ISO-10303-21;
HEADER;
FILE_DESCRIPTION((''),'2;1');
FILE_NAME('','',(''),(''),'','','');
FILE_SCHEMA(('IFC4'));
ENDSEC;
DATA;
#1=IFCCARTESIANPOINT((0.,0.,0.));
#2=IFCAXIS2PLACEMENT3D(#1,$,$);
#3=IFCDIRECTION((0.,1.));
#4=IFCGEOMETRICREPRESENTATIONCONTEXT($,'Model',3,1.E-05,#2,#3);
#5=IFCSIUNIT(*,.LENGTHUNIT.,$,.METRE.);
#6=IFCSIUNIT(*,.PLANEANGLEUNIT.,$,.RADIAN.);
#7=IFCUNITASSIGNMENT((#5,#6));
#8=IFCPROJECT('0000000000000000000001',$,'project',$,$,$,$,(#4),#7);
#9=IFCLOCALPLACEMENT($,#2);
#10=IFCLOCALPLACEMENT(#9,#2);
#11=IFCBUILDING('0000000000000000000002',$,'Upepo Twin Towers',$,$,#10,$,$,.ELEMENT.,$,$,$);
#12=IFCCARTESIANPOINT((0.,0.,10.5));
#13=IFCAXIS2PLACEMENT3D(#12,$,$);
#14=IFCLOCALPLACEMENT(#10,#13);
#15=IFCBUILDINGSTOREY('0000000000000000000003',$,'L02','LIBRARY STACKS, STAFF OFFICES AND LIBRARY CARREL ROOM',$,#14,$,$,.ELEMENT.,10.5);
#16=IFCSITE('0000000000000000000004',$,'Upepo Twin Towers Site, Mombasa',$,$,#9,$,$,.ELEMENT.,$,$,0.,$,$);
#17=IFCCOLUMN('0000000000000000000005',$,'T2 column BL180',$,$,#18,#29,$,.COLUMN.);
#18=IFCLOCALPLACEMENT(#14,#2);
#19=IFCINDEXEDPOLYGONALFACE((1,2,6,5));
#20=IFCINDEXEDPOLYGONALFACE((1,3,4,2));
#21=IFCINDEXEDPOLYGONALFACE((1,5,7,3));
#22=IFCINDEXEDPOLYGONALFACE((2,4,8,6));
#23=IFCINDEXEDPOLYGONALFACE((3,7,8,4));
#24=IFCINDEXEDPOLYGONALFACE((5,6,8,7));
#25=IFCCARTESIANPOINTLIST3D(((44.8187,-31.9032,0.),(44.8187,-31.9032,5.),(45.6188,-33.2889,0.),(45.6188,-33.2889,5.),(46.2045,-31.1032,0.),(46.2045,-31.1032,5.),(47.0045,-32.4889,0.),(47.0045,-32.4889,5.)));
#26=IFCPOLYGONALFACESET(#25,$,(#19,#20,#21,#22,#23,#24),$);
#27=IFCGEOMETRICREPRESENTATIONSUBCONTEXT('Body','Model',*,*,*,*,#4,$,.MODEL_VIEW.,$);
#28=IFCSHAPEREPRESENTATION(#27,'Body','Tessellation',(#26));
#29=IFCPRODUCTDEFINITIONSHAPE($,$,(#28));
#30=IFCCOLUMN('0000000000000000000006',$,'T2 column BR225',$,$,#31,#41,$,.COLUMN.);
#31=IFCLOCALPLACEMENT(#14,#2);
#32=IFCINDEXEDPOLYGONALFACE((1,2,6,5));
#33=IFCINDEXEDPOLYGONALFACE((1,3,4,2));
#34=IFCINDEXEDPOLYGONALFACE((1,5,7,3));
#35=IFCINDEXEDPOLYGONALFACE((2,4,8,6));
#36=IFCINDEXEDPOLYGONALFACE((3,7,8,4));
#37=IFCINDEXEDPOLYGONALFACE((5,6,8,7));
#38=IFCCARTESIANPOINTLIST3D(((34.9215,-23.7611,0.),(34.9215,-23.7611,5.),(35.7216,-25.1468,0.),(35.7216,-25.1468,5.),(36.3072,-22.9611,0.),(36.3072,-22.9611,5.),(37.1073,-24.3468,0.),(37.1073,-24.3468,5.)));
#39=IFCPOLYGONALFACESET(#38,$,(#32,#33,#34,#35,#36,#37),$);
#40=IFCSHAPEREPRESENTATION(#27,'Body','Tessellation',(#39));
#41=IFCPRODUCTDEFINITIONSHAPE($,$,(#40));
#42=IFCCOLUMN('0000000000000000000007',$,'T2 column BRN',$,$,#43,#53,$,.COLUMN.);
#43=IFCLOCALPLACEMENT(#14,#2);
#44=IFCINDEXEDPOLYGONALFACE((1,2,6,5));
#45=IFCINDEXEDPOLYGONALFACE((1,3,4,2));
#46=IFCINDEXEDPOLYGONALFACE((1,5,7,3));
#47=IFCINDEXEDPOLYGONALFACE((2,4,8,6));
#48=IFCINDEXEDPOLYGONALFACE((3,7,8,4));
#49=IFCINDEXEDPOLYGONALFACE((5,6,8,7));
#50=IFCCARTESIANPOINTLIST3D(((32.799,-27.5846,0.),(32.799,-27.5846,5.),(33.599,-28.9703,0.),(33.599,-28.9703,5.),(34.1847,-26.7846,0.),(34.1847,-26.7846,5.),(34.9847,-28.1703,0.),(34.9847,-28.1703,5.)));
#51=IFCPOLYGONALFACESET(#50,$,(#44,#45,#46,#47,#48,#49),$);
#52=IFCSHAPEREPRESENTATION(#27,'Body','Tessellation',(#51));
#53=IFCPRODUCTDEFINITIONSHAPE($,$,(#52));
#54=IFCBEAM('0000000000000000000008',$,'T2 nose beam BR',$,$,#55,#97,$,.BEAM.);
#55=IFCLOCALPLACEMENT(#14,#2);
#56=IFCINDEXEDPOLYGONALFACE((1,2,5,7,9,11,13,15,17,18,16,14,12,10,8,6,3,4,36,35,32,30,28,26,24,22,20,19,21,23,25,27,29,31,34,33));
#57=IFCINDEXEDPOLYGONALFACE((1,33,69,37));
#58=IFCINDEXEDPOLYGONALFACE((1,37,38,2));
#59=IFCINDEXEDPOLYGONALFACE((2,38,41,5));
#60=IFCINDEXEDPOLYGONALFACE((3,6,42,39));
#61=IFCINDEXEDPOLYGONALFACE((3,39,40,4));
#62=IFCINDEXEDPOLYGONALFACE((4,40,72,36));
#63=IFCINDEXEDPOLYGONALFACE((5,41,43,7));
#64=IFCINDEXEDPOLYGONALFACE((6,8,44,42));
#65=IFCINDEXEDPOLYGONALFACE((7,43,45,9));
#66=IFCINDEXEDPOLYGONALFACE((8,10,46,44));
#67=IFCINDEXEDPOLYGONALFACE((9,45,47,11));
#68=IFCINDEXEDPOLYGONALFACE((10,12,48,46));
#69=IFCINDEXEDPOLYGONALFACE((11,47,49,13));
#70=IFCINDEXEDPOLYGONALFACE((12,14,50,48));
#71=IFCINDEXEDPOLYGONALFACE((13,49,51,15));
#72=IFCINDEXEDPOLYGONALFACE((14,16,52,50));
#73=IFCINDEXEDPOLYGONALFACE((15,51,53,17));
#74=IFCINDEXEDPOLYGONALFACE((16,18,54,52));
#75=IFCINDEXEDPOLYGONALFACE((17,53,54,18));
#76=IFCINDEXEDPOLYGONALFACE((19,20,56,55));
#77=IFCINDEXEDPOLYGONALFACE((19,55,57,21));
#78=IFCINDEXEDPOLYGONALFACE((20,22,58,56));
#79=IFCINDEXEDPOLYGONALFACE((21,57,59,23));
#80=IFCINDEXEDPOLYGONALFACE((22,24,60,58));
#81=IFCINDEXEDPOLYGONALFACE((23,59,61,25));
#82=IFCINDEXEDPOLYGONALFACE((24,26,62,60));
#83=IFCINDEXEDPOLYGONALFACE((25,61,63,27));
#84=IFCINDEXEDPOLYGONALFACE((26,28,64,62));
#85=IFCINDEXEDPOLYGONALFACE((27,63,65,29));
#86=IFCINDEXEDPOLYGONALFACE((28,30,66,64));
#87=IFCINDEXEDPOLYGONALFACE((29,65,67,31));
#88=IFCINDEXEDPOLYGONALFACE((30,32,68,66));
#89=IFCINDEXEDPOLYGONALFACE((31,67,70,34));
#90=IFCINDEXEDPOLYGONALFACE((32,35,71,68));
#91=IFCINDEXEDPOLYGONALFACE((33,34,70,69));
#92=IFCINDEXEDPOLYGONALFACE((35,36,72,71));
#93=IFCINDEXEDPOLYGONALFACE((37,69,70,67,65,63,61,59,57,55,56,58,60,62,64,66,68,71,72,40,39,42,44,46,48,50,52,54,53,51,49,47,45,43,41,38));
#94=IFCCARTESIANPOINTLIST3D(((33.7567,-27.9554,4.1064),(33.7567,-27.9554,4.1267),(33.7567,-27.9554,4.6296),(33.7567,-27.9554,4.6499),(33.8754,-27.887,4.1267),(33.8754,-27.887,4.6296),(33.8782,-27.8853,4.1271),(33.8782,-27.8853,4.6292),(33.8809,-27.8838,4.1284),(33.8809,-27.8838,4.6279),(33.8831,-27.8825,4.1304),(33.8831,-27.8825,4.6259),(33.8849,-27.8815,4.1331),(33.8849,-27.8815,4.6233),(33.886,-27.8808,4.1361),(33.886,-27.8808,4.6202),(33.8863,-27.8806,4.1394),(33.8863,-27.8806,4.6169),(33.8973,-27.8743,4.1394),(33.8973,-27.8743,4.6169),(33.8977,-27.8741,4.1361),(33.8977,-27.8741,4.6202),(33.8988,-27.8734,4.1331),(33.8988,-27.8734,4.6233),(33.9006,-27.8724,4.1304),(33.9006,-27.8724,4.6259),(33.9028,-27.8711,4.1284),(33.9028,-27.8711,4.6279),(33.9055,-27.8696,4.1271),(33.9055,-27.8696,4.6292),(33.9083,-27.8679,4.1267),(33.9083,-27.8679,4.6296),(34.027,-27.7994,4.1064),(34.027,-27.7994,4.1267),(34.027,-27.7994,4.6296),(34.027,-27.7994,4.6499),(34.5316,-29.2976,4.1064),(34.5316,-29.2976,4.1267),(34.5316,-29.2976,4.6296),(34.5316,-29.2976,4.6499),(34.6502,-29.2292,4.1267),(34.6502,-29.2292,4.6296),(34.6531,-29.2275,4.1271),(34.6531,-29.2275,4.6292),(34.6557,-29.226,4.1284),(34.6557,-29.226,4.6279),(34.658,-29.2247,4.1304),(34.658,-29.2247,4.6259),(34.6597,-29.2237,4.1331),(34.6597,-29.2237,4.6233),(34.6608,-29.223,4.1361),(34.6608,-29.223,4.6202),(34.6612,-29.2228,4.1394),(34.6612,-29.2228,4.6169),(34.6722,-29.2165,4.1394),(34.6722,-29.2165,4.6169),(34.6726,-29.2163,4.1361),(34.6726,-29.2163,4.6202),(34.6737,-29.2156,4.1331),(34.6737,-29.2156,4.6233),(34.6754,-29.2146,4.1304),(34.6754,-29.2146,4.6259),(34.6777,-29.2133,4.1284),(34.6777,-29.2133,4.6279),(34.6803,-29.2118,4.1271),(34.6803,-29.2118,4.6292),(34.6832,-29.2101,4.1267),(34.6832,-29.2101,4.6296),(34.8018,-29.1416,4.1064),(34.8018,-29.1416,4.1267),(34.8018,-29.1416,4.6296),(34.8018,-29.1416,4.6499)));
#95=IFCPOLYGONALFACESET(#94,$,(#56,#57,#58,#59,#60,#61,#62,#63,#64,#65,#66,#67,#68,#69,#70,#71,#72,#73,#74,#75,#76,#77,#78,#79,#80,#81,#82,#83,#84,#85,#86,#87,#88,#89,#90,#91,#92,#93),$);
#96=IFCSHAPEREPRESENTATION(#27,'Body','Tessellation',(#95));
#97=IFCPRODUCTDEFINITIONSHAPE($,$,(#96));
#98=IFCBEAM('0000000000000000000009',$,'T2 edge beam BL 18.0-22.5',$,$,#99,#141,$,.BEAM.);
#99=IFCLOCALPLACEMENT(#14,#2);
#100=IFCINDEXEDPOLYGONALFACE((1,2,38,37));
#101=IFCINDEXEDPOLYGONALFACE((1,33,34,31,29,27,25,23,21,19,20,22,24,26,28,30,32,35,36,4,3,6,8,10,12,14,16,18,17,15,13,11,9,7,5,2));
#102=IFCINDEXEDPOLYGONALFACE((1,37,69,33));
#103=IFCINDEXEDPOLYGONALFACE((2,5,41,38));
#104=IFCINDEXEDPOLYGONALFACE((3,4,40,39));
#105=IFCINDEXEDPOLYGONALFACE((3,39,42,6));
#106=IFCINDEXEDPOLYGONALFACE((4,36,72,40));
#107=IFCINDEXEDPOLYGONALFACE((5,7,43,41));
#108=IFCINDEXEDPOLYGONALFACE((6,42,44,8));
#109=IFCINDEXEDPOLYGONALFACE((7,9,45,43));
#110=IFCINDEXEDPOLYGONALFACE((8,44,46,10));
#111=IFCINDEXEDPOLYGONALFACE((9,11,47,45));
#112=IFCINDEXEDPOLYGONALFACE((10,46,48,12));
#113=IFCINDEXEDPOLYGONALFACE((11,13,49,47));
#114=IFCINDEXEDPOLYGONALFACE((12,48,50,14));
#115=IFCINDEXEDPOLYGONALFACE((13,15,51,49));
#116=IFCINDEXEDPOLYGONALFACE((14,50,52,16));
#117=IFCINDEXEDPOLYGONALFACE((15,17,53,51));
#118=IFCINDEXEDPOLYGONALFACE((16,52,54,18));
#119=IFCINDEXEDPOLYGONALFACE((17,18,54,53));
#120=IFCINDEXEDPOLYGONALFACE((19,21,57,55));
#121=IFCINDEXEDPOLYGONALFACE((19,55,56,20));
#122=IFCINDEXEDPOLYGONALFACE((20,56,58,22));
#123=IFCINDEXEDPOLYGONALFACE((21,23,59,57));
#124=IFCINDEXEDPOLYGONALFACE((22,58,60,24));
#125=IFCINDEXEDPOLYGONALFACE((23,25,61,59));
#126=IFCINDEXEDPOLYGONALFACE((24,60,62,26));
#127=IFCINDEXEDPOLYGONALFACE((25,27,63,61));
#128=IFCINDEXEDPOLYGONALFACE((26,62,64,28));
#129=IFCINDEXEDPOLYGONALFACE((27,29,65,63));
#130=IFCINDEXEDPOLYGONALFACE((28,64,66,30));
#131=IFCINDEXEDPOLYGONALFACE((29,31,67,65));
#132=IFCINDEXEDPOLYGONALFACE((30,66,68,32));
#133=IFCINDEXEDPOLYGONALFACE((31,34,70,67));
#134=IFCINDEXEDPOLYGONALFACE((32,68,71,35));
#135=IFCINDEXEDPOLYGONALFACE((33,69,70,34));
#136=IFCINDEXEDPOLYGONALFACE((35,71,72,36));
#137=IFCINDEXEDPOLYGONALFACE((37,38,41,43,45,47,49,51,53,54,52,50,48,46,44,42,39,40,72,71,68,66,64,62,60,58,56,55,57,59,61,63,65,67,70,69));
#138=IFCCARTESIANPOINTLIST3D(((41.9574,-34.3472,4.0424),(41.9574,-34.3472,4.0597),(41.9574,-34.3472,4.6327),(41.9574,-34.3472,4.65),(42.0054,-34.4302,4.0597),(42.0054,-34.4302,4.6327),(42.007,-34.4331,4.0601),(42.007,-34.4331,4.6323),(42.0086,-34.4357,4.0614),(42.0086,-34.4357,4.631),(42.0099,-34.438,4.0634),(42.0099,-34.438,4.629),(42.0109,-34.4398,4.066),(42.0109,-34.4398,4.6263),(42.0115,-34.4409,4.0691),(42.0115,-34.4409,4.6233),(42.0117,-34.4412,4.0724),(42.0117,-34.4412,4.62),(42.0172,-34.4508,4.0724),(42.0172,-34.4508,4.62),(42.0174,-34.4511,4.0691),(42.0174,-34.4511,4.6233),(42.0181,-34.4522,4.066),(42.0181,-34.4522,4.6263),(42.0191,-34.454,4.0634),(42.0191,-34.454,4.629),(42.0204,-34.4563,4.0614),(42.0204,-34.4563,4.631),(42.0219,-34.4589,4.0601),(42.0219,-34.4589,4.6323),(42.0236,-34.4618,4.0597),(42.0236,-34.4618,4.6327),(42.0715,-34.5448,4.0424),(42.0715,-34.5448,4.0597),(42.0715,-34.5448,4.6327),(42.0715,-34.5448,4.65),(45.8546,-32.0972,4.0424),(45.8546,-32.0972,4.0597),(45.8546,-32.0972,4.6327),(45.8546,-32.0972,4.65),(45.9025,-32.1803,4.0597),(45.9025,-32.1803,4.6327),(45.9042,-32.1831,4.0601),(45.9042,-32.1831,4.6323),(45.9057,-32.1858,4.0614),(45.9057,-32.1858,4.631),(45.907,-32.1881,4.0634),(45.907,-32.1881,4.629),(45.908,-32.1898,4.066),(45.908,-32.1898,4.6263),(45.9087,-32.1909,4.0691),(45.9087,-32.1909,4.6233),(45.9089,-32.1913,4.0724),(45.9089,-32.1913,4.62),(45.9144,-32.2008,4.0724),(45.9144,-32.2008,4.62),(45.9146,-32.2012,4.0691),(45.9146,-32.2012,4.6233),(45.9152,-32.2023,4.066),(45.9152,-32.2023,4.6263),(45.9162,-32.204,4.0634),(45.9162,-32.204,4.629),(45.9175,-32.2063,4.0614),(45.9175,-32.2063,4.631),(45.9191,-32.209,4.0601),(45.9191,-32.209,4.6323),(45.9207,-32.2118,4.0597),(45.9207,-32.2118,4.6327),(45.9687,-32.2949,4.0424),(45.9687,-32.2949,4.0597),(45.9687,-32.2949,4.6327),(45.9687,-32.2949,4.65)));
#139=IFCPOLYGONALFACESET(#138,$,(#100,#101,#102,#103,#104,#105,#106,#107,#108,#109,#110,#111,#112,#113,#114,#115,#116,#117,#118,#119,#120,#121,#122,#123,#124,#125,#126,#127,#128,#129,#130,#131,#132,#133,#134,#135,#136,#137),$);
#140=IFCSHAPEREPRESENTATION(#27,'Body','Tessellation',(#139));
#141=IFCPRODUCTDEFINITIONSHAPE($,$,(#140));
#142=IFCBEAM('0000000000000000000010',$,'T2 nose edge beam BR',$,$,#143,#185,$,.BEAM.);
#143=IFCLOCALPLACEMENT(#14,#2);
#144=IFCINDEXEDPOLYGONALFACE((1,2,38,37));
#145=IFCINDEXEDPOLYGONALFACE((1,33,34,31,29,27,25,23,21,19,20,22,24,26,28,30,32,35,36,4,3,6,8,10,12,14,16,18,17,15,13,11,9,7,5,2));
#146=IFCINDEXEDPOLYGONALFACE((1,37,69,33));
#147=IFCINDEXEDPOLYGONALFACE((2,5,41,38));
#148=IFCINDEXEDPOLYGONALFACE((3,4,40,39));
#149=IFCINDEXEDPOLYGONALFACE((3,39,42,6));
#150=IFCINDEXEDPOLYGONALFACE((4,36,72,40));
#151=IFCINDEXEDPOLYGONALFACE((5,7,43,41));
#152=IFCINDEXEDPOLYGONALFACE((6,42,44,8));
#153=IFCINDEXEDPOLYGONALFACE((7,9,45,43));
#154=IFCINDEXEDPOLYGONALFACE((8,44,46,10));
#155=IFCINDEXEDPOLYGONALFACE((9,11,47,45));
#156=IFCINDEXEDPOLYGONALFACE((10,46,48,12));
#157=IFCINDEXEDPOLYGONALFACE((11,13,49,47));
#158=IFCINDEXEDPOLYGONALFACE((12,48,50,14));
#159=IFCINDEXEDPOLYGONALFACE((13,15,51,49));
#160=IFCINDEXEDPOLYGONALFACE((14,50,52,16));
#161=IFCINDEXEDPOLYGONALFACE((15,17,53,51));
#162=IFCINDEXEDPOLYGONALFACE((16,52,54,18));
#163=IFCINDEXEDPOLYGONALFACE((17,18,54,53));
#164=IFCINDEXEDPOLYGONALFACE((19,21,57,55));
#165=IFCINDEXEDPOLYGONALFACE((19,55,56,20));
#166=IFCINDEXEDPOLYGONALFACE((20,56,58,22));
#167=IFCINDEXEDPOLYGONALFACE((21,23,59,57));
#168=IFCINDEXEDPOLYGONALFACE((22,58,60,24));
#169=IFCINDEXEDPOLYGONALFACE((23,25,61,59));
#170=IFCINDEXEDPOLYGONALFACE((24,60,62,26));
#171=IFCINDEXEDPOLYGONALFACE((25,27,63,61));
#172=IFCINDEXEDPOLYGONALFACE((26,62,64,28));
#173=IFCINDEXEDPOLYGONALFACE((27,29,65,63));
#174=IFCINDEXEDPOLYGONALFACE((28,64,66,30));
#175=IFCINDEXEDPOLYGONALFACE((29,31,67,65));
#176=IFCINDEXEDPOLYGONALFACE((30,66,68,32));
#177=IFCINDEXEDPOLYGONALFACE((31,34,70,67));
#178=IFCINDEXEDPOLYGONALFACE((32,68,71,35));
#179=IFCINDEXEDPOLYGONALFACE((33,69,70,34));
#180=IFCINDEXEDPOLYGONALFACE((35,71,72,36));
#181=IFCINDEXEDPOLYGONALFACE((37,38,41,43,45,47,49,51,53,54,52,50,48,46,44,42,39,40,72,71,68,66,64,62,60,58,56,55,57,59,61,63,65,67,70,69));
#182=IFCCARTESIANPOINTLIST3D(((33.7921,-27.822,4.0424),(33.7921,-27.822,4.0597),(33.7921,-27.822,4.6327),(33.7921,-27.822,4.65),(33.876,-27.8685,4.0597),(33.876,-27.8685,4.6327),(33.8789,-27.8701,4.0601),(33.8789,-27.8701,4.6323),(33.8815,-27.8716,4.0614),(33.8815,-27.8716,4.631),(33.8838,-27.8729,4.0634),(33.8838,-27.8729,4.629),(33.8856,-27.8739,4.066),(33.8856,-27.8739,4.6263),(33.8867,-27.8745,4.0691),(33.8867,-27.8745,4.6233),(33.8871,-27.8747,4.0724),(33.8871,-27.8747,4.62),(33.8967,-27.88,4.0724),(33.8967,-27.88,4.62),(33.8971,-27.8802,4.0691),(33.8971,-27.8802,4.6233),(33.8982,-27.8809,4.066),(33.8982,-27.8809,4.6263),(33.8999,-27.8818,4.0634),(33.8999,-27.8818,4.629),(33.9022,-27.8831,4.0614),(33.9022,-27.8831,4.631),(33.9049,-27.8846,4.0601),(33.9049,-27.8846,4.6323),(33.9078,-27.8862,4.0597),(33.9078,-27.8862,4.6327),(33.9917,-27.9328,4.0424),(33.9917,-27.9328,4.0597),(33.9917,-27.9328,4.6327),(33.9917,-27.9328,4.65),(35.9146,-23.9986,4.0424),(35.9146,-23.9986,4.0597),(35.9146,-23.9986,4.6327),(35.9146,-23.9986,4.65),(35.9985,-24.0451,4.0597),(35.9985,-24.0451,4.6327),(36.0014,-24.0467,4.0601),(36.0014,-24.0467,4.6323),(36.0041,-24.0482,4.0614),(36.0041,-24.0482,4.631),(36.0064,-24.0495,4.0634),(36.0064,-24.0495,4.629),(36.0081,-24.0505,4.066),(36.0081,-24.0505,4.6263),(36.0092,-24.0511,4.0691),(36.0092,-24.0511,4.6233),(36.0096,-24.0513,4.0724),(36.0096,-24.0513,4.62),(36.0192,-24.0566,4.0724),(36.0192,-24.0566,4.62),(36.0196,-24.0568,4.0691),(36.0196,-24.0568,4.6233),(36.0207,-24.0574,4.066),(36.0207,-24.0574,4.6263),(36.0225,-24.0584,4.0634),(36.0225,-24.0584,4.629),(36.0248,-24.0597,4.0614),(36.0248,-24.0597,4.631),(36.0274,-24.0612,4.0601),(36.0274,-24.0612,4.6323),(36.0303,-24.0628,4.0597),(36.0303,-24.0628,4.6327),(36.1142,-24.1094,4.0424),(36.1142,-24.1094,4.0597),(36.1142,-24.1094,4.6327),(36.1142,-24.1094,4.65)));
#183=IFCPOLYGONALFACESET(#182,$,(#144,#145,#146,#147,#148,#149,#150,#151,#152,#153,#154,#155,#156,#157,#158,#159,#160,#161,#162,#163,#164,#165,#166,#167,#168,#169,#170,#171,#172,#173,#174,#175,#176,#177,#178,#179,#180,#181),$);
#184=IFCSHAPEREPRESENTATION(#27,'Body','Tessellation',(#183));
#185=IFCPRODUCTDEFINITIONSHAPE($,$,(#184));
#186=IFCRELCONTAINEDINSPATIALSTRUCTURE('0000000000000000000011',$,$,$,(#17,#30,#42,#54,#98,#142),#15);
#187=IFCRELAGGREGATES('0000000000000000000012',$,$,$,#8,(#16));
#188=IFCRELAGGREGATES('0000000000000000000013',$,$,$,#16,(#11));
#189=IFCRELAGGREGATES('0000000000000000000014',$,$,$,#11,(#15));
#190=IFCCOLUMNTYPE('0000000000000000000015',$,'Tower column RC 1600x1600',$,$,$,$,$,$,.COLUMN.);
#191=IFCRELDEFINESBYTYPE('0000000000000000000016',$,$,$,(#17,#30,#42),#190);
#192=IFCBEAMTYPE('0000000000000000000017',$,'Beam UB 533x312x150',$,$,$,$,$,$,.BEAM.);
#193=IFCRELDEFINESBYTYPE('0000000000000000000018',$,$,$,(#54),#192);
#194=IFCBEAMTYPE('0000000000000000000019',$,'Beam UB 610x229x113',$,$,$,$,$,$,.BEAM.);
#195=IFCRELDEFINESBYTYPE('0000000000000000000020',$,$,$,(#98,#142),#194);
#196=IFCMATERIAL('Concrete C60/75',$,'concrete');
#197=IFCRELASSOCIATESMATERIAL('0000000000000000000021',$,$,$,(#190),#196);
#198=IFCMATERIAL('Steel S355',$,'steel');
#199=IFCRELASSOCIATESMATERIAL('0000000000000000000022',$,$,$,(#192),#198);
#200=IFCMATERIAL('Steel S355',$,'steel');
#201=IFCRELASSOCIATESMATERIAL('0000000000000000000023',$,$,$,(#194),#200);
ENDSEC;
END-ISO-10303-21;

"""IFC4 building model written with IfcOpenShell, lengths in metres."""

from ifc_helpers import new_model, si_unit, direction, frame, origin, origin_2d, place, context, subcontext, project, spatial, rectangle, i_section, extrude, material, material_profile, profile_set, type_object, element, save


model = new_model("IFC4")

# Units and contexts
model_context = context("Model", 3, precision=1e-05, world=origin(), true_north=direction((0.0, 1.0)))
body_context = subcontext(model_context, "Body", "Model", "MODEL_VIEW")
ifc_project = project(units=[si_unit("LENGTHUNIT", "METRE"), si_unit("PLANEANGLEUNIT", "RADIAN")], contexts=[model_context])

# Site, building, storey
site_placement = place(None, origin())
site = spatial("IfcSite", under=ifc_project, at=site_placement, Name="Upepo Twin Towers Site, Mombasa", CompositionType="ELEMENT", RefElevation=0.0)
building_placement = place(site_placement, origin())
building = spatial("IfcBuilding", under=site, at=building_placement, Name="Upepo Twin Towers", CompositionType="ELEMENT")
storey_placement = place(building_placement, frame((0.0, 0.0, 10.5)))
storey = spatial("IfcBuildingStorey", under=building, at=storey_placement, Name="L02", Description="LIBRARY STACKS, STAFF OFFICES AND LIBRARY CARREL ROOM", CompositionType="ELEMENT", Elevation=10.5)

# Columns
ifc_material_1 = material(Name="Concrete C60/75", Category="concrete")
ifc_material_profile_1 = material_profile(ifc_material_1, rectangle(XDim=1.6001, YDim=1.6001, at=origin_2d()), Name="RC 1600x1600")
ifc_profile_set_1 = profile_set([ifc_material_profile_1], Name="Concrete C60/75")
column_type = type_object("IfcColumnType", Name="Tower column RC 1600x1600", PredefinedType="COLUMN", material=ifc_profile_set_1)
for number, where, z_axis, x_axis, name in (
    (1, (45.9116, -32.196, 0.0), (0.0, 0.0, 1.0), (0.866025, 0.5, 0.0), "T2 column BL180"),
    (2, (36.0144, -24.054, 0.0), (0.0, 0.0, 1.0), (0.866025, 0.5, 0.0), "T2 column BR225"),
    (3, (33.8918, -27.8774, 0.0), (0.0, 0.0, 1.0), (0.866025, 0.5, 0.0), "T2 column BRN"),
):
    element("IfcColumn", number, at=place(storey_placement, frame(where, z_axis=z_axis, x_axis=x_axis)), inside=storey, type_object=column_type, Name=name, PredefinedType="COLUMN", context=body_context, shape_type="SweptSolid", body=[
        extrude(rectangle(XDim=1.6001, YDim=1.6001, at=origin_2d()), origin(), (0.0, 0.0, 1.0), 5.0),
    ])

# Beams
ifc_material_2 = material(Name="Steel S355", Category="steel")
ifc_material_profile_2 = material_profile(ifc_material_2, i_section(OverallWidth=0.312, OverallDepth=0.5435, WebThickness=0.0127, FlangeThickness=0.0203, FilletRadius=0.0127, at=origin_2d()), Name="UB 533x312x150")
ifc_profile_set_2 = profile_set([ifc_material_profile_2], Name="Steel S355")
beam_type_1 = type_object("IfcBeamType", Name="Beam UB 533x312x150", PredefinedType="BEAM", material=ifc_profile_set_2)
beam_1_placement = place(storey_placement, frame((33.8918, -27.8774, 4.3782), z_axis=(0.499968, -0.866044, 0.0), x_axis=(0.866044, 0.499968, 0.0)))
element("IfcBeam", 4, at=beam_1_placement, inside=storey, type_object=beam_type_1, Name="T2 nose beam BR", PredefinedType="BEAM", context=body_context, shape_type="SweptSolid", body=[
    extrude(i_section(OverallWidth=0.312, OverallDepth=0.5435, WebThickness=0.0127, FlangeThickness=0.0203, FilletRadius=0.0127, at=origin_2d()), origin(), (0.0, 0.0, 1.0), 1.5498),
])
ifc_material_3 = material(Name="Steel S355", Category="steel")
ifc_material_profile_3 = material_profile(ifc_material_3, i_section(OverallWidth=0.2283, OverallDepth=0.6077, WebThickness=0.011, FlangeThickness=0.0173, FilletRadius=0.0127, at=origin_2d()), Name="UB 610x229x113")
ifc_profile_set_3 = profile_set([ifc_material_profile_3], Name="Steel S355")
beam_type_2 = type_object("IfcBeamType", Name="Beam UB 610x229x113", PredefinedType="BEAM", material=ifc_profile_set_3)
beam_2_placement = place(storey_placement, frame((45.9116, -32.196, 4.3462), z_axis=(-0.866031, -0.49999, 0.0), x_axis=(0.49999, -0.866031, 0.0)))
element("IfcBeam", 5, at=beam_2_placement, inside=storey, type_object=beam_type_2, Name="T2 edge beam BL 18.0-22.5", PredefinedType="BEAM", context=body_context, shape_type="SweptSolid", body=[
    extrude(i_section(OverallWidth=0.2283, OverallDepth=0.6077, WebThickness=0.011, FlangeThickness=0.0173, FilletRadius=0.0127, at=origin_2d()), origin(), (0.0, 0.0, 1.0), 4.5),
])
beam_3_placement = place(storey_placement, frame((36.0144, -24.054, 4.3462), z_axis=(-0.485363, -0.874313, 0.0), x_axis=(0.874313, -0.485363, 0.0)))
element("IfcBeam", 6, at=beam_3_placement, inside=storey, type_object=beam_type_2, Name="T2 nose edge beam BR", PredefinedType="BEAM", context=body_context, shape_type="SweptSolid", body=[
    extrude(i_section(OverallWidth=0.2283, OverallDepth=0.6077, WebThickness=0.011, FlangeThickness=0.0173, FilletRadius=0.0127, at=origin_2d()), origin(), (0.0, 0.0, 1.0), 4.373),
])

save(model, "model.ifc")
